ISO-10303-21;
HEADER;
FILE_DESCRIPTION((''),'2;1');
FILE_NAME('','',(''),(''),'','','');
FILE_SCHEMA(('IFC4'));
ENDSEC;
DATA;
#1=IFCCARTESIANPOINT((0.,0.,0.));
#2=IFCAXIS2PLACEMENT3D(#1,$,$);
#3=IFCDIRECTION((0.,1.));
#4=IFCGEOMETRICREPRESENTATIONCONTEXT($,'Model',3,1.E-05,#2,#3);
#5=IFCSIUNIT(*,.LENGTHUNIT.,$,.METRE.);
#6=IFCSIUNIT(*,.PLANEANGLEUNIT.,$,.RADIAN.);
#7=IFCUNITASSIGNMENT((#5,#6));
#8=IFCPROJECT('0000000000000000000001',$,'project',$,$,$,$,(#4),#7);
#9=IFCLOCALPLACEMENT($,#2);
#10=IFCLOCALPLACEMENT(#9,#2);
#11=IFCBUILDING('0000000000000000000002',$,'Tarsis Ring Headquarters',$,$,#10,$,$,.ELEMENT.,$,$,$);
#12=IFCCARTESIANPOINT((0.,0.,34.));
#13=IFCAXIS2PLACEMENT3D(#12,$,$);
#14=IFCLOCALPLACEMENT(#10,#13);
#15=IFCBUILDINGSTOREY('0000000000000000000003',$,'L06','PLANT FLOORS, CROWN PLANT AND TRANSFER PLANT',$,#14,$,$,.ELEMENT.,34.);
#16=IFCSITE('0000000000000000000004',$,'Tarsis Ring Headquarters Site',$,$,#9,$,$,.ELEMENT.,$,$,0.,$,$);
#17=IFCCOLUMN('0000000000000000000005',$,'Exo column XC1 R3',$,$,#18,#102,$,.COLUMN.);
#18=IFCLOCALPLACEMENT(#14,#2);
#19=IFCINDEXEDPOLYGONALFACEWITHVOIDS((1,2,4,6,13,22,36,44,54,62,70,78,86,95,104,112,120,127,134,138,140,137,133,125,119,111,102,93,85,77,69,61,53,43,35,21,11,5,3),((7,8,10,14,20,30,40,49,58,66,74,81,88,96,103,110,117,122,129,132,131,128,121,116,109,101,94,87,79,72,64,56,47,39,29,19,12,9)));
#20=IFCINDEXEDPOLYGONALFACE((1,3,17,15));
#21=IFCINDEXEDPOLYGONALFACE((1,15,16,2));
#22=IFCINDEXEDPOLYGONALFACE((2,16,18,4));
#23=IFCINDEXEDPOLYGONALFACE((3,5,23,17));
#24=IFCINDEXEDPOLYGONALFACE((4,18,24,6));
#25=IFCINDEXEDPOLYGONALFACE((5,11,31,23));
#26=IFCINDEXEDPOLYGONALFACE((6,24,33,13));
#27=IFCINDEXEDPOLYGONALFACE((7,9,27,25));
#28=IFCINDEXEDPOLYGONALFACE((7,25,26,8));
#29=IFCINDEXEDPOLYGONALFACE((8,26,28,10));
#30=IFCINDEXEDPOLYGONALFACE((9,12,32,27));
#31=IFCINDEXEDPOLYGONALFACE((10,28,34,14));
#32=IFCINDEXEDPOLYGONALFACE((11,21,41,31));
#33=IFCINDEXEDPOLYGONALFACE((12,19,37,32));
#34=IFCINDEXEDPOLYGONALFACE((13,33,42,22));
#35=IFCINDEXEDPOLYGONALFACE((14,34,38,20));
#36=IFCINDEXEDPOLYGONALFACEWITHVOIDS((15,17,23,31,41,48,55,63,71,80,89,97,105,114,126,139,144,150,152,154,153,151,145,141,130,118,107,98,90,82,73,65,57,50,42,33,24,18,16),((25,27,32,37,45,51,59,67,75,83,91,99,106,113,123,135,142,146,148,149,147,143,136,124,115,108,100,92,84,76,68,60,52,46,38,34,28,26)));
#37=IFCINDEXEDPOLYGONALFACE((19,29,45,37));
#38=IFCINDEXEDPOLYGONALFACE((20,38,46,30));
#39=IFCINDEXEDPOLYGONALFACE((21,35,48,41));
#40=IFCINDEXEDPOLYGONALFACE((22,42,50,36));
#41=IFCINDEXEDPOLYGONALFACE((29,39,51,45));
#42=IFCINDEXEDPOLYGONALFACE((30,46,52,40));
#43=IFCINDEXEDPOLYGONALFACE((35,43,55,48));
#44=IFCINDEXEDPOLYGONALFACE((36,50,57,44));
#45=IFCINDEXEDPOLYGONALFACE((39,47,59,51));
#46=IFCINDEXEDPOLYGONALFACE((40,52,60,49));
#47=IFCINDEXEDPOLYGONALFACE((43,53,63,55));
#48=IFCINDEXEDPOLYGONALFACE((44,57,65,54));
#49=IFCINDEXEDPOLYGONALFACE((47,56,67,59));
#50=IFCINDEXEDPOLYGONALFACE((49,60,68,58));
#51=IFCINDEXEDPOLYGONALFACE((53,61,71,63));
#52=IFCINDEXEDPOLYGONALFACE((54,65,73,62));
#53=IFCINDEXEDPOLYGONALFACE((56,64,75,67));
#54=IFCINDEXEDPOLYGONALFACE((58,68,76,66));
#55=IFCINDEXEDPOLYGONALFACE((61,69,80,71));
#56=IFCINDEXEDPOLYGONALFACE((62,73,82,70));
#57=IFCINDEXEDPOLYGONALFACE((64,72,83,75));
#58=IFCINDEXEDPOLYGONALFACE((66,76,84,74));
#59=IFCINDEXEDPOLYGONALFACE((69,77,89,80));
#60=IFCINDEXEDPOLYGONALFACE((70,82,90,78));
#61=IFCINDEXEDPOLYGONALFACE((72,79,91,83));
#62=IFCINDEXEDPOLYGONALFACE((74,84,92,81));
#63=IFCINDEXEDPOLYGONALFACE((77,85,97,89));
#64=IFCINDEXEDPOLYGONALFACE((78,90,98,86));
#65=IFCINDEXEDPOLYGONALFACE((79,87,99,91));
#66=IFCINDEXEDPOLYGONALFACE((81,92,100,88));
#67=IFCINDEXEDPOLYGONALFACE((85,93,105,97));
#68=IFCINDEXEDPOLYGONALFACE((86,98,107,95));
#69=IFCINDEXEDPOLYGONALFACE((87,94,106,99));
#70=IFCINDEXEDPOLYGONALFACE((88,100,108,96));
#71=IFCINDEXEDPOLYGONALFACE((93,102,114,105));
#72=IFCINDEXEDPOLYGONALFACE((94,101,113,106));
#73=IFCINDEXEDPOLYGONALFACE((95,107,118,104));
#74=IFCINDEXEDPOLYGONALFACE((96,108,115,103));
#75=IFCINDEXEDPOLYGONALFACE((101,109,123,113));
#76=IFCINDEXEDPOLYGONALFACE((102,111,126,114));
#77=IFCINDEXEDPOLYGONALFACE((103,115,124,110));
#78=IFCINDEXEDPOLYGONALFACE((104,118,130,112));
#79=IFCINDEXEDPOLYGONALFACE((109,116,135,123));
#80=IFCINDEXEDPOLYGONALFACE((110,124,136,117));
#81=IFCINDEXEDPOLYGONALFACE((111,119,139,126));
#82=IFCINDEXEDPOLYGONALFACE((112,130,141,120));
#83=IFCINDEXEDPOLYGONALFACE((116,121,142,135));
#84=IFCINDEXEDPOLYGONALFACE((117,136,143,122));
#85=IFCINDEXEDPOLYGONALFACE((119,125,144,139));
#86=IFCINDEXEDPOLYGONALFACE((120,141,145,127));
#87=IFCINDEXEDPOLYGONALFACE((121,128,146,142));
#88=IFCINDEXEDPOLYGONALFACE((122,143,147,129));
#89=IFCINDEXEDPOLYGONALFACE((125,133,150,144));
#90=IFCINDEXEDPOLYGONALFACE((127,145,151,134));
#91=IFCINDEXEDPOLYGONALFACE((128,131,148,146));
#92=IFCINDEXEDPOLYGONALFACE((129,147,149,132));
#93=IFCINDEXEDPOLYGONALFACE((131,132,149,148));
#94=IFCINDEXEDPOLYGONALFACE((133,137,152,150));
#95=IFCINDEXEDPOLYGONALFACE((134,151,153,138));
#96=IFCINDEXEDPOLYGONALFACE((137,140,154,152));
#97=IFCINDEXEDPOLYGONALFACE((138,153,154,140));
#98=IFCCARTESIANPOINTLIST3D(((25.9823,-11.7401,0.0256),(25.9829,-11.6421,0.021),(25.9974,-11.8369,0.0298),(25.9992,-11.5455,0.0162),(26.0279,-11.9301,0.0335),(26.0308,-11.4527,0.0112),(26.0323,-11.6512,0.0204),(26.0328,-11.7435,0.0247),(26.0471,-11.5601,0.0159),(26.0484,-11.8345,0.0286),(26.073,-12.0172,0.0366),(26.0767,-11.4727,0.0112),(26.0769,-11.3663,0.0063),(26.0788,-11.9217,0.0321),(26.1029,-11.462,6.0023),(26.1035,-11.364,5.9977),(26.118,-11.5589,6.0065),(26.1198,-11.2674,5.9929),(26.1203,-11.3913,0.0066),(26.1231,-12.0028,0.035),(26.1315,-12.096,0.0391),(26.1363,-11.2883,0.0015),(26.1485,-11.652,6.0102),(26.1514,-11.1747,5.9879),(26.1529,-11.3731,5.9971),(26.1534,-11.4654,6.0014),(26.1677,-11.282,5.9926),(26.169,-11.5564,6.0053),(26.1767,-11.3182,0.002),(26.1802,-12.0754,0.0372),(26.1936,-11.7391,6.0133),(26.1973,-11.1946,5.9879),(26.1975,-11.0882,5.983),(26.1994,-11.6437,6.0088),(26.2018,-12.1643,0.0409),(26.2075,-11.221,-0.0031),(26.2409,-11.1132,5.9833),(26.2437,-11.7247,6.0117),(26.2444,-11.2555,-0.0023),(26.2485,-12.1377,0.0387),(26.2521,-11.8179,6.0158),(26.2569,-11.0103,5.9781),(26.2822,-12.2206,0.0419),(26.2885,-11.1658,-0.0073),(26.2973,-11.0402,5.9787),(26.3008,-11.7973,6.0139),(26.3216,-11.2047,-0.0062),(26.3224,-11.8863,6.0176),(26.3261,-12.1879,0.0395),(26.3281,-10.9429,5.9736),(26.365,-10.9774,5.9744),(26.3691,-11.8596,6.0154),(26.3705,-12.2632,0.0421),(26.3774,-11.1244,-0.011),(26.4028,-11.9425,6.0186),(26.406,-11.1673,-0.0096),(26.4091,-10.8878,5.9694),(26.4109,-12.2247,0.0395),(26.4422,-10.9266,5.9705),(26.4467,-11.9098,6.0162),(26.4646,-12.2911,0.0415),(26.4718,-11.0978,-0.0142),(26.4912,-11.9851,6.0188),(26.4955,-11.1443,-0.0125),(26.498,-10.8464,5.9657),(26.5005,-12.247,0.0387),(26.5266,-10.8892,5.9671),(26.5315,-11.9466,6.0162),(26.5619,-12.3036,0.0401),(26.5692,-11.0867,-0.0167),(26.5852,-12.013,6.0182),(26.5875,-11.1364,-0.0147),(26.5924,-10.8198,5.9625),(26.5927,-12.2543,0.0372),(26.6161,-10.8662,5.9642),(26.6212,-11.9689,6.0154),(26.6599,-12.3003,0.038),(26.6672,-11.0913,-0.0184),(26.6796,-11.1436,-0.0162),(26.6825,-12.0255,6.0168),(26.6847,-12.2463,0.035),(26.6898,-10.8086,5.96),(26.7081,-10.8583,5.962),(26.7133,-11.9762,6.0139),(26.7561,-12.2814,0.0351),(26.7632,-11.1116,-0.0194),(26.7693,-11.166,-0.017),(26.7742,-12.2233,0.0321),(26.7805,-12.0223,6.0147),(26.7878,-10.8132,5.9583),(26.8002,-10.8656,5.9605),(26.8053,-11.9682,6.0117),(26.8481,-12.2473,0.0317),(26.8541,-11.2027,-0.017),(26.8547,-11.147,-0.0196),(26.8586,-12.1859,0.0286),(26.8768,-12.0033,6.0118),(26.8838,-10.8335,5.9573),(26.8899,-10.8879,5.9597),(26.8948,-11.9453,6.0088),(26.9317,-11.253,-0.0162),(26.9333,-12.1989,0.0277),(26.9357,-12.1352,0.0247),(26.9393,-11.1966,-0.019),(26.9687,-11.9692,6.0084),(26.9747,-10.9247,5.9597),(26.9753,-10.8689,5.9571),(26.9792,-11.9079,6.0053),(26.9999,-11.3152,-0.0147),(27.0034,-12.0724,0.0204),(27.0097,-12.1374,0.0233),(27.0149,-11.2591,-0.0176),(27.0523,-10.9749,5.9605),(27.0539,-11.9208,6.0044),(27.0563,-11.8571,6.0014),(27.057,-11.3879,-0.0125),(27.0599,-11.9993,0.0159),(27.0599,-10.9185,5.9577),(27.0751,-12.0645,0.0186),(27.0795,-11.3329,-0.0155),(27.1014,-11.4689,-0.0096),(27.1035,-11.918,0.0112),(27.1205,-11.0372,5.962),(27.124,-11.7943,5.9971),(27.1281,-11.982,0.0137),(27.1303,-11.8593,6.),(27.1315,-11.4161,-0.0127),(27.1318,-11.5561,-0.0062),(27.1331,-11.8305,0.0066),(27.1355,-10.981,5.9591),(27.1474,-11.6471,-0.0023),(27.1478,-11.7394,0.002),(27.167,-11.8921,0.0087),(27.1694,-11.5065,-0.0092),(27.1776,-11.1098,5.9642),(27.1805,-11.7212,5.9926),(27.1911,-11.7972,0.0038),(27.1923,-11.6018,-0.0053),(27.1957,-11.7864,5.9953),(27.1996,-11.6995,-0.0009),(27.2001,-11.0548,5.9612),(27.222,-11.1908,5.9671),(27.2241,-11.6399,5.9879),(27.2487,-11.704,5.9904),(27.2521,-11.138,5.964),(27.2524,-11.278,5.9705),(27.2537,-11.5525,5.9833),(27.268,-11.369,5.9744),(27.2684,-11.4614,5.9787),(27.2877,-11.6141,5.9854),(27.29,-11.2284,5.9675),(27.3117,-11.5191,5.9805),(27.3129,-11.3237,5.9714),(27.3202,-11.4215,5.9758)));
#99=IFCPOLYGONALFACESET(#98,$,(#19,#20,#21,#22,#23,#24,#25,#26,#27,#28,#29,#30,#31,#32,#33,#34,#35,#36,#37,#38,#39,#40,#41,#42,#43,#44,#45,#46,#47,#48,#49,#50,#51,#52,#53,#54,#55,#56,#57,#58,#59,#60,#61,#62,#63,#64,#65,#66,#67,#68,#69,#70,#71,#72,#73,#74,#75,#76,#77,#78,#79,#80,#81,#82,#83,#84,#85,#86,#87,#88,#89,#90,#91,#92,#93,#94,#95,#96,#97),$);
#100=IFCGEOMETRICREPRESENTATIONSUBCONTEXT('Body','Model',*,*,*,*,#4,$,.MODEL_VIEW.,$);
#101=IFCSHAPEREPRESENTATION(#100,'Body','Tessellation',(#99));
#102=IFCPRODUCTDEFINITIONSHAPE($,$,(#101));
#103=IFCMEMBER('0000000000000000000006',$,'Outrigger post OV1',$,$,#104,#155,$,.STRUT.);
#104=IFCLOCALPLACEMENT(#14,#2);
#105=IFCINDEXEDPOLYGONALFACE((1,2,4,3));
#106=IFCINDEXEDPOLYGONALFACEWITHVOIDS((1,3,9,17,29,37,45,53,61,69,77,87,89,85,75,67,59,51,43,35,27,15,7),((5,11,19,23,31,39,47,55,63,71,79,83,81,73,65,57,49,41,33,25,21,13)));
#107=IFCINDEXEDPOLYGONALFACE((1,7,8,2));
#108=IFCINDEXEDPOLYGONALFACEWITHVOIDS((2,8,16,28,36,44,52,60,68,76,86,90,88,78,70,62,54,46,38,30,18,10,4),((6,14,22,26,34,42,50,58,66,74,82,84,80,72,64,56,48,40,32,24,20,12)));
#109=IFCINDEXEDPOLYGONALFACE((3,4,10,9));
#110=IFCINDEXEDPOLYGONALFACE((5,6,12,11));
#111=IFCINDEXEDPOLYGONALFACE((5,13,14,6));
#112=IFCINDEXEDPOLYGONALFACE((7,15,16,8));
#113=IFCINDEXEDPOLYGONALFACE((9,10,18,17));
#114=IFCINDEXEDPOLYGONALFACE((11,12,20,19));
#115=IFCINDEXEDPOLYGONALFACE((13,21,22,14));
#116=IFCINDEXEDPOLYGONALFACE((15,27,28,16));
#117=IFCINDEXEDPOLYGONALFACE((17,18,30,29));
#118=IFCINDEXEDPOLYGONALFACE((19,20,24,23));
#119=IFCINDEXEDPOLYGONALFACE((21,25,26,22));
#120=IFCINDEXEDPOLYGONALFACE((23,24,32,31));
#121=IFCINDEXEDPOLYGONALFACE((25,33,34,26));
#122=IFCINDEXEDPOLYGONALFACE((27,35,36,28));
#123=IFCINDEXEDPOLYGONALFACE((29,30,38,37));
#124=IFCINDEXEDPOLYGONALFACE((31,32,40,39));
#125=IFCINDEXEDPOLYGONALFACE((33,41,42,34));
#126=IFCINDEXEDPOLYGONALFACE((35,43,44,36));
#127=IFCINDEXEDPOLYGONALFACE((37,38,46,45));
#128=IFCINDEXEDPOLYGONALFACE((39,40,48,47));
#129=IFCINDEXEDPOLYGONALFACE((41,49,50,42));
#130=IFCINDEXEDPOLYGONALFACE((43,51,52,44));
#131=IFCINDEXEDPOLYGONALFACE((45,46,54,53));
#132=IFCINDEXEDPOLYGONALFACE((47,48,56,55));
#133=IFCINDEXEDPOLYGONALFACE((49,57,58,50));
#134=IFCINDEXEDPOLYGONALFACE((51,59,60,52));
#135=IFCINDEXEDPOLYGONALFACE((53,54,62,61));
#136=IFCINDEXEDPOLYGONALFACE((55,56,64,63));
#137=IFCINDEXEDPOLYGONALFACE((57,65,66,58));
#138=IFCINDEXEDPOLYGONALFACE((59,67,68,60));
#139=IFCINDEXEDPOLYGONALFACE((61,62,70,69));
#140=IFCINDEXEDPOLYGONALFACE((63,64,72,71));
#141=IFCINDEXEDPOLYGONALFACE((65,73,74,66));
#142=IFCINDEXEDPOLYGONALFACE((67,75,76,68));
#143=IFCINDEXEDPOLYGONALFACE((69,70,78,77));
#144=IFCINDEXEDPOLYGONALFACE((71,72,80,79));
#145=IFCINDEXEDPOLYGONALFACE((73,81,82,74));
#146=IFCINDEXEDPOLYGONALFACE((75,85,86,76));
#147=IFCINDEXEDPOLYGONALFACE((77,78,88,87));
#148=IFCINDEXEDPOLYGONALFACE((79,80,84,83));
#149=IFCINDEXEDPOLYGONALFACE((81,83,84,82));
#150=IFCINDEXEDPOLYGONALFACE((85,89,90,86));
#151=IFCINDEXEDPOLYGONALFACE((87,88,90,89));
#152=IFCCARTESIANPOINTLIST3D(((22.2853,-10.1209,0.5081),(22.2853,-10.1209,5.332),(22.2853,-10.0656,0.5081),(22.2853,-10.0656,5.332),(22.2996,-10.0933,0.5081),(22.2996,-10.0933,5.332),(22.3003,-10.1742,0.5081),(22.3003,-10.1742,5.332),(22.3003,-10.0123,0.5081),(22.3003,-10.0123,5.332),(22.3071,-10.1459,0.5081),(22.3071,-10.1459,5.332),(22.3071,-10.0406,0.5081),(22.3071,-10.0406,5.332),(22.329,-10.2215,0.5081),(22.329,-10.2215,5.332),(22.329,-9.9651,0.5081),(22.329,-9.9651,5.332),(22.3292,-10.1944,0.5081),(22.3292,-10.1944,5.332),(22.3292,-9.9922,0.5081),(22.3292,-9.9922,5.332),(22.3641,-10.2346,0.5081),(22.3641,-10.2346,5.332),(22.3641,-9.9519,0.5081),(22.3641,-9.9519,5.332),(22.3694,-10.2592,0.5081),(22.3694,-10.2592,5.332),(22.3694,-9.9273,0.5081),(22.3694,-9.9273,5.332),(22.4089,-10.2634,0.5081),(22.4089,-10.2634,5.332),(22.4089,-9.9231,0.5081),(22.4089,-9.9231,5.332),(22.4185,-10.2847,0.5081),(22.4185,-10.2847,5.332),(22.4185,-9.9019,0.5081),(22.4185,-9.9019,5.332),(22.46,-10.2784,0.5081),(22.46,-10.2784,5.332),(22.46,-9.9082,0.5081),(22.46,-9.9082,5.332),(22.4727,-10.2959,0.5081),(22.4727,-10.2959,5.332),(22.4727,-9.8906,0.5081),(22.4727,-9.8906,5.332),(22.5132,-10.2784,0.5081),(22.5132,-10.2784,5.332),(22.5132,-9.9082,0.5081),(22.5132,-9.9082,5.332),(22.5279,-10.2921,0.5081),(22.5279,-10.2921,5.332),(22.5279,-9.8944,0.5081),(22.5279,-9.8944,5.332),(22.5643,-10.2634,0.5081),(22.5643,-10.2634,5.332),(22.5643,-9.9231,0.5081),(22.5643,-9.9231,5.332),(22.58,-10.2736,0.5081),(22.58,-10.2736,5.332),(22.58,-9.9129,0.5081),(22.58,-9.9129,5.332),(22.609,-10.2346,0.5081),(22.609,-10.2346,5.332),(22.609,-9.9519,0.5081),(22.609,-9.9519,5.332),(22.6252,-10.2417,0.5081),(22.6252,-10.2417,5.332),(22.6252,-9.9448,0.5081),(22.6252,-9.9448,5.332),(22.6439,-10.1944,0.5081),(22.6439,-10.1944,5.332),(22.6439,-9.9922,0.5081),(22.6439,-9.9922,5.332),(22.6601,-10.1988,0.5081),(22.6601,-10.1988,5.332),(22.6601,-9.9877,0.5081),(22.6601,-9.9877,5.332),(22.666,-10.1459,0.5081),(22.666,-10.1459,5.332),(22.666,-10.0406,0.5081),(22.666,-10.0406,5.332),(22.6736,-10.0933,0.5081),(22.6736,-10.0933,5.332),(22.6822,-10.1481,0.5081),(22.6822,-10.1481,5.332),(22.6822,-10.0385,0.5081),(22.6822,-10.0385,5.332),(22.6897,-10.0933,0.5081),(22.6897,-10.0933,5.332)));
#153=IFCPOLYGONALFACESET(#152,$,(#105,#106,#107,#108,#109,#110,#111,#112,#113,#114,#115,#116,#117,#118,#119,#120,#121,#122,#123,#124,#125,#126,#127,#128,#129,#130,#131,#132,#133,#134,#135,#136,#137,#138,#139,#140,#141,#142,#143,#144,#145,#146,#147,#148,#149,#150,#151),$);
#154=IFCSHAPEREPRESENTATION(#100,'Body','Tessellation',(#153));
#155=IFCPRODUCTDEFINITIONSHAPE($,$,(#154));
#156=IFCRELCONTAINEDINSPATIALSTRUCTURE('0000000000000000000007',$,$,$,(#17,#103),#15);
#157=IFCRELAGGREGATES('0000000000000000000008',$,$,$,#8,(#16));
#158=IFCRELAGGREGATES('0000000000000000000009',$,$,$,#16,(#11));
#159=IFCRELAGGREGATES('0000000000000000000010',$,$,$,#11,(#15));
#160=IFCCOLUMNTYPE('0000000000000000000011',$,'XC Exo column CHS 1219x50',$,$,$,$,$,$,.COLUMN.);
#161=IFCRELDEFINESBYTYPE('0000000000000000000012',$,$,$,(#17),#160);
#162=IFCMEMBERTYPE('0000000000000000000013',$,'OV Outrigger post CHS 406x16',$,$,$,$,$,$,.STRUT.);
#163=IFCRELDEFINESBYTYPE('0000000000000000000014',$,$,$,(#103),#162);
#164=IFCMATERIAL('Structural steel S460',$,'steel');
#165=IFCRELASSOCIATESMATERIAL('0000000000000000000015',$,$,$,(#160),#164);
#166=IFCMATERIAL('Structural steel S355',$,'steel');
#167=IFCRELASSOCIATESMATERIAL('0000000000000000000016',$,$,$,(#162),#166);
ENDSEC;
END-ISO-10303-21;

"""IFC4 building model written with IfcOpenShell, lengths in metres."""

from ifc_helpers import new_model, si_unit, direction, frame, origin, origin_2d, place, context, subcontext, project, spatial, hollow_circle, extrude, material, material_profile, profile_set, type_object, element, save


model = new_model("IFC4")

# Units and contexts
model_context = context("Model", 3, precision=1e-05, world=origin(), true_north=direction((0.0, 1.0)))
body_context = subcontext(model_context, "Body", "Model", "MODEL_VIEW")
ifc_project = project(units=[si_unit("LENGTHUNIT", "METRE"), si_unit("PLANEANGLEUNIT", "RADIAN")], contexts=[model_context])

# Site, building, storey
site_placement = place(None, origin())
site = spatial("IfcSite", under=ifc_project, at=site_placement, Name="Tarsis Ring Headquarters Site", CompositionType="ELEMENT", RefElevation=0.0)
building_placement = place(site_placement, origin())
building = spatial("IfcBuilding", under=site, at=building_placement, Name="Tarsis Ring Headquarters", CompositionType="ELEMENT")
storey_placement = place(building_placement, frame((0.0, 0.0, 34.0)))
storey = spatial("IfcBuildingStorey", under=building, at=storey_placement, Name="L06", Description="PLANT FLOORS, CROWN PLANT AND TRANSFER PLANT", CompositionType="ELEMENT", Elevation=34.0)

# Column
ifc_material_1 = material(Name="Structural steel S460", Category="steel")
ifc_material_profile_1 = material_profile(ifc_material_1, hollow_circle(Radius=0.6096, WallThickness=0.05, at=origin_2d()), Name="CHS 1219x50")
ifc_profile_set_1 = profile_set([ifc_material_profile_1], Name="Structural steel S460")
column_type = type_object("IfcColumnType", Name="XC Exo column CHS 1219x50", PredefinedType="COLUMN", material=ifc_profile_set_1)
column_placement = place(storey_placement, frame((26.5901, -11.6953, 0.0112), z_axis=(0.020153, 0.046466, 0.998717), x_axis=(-0.917428, 0.397901, 0.0)))
element("IfcColumn", 1, at=column_placement, inside=storey, type_object=column_type, Name="Exo column XC1 R3", PredefinedType="COLUMN", context=body_context, shape_type="SweptSolid", body=[
    extrude(hollow_circle(Radius=0.6096, WallThickness=0.05, at=origin_2d()), origin(), (0.0, 0.0, 1.0), 5.9844),
])

# Member
ifc_material_2 = material(Name="Structural steel S355", Category="steel")
ifc_material_profile_2 = material_profile(ifc_material_2, hollow_circle(Radius=0.2031, WallThickness=0.0161, at=origin_2d()), Name="CHS 406x16")
ifc_profile_set_2 = profile_set([ifc_material_profile_2], Name="Structural steel S355")
member_type_1 = type_object("IfcMemberType", Name="OV Outrigger post CHS 406x16", PredefinedType="STRUT", material=ifc_profile_set_2)
member_1_placement = place(storey_placement, frame((22.4866, -10.0933, 0.5081), z_axis=(0.0, 0.0, 1.0), x_axis=(1.0, 0.0, 0.0)))
element("IfcMember", 2, at=member_1_placement, inside=storey, type_object=member_type_1, Name="Outrigger post OV1", PredefinedType="STRUT", context=body_context, shape_type="SweptSolid", body=[
    extrude(hollow_circle(Radius=0.2031, WallThickness=0.0161, at=origin_2d()), origin(), (0.0, 0.0, 1.0), 4.824),
])

save(model, "model.ifc")
